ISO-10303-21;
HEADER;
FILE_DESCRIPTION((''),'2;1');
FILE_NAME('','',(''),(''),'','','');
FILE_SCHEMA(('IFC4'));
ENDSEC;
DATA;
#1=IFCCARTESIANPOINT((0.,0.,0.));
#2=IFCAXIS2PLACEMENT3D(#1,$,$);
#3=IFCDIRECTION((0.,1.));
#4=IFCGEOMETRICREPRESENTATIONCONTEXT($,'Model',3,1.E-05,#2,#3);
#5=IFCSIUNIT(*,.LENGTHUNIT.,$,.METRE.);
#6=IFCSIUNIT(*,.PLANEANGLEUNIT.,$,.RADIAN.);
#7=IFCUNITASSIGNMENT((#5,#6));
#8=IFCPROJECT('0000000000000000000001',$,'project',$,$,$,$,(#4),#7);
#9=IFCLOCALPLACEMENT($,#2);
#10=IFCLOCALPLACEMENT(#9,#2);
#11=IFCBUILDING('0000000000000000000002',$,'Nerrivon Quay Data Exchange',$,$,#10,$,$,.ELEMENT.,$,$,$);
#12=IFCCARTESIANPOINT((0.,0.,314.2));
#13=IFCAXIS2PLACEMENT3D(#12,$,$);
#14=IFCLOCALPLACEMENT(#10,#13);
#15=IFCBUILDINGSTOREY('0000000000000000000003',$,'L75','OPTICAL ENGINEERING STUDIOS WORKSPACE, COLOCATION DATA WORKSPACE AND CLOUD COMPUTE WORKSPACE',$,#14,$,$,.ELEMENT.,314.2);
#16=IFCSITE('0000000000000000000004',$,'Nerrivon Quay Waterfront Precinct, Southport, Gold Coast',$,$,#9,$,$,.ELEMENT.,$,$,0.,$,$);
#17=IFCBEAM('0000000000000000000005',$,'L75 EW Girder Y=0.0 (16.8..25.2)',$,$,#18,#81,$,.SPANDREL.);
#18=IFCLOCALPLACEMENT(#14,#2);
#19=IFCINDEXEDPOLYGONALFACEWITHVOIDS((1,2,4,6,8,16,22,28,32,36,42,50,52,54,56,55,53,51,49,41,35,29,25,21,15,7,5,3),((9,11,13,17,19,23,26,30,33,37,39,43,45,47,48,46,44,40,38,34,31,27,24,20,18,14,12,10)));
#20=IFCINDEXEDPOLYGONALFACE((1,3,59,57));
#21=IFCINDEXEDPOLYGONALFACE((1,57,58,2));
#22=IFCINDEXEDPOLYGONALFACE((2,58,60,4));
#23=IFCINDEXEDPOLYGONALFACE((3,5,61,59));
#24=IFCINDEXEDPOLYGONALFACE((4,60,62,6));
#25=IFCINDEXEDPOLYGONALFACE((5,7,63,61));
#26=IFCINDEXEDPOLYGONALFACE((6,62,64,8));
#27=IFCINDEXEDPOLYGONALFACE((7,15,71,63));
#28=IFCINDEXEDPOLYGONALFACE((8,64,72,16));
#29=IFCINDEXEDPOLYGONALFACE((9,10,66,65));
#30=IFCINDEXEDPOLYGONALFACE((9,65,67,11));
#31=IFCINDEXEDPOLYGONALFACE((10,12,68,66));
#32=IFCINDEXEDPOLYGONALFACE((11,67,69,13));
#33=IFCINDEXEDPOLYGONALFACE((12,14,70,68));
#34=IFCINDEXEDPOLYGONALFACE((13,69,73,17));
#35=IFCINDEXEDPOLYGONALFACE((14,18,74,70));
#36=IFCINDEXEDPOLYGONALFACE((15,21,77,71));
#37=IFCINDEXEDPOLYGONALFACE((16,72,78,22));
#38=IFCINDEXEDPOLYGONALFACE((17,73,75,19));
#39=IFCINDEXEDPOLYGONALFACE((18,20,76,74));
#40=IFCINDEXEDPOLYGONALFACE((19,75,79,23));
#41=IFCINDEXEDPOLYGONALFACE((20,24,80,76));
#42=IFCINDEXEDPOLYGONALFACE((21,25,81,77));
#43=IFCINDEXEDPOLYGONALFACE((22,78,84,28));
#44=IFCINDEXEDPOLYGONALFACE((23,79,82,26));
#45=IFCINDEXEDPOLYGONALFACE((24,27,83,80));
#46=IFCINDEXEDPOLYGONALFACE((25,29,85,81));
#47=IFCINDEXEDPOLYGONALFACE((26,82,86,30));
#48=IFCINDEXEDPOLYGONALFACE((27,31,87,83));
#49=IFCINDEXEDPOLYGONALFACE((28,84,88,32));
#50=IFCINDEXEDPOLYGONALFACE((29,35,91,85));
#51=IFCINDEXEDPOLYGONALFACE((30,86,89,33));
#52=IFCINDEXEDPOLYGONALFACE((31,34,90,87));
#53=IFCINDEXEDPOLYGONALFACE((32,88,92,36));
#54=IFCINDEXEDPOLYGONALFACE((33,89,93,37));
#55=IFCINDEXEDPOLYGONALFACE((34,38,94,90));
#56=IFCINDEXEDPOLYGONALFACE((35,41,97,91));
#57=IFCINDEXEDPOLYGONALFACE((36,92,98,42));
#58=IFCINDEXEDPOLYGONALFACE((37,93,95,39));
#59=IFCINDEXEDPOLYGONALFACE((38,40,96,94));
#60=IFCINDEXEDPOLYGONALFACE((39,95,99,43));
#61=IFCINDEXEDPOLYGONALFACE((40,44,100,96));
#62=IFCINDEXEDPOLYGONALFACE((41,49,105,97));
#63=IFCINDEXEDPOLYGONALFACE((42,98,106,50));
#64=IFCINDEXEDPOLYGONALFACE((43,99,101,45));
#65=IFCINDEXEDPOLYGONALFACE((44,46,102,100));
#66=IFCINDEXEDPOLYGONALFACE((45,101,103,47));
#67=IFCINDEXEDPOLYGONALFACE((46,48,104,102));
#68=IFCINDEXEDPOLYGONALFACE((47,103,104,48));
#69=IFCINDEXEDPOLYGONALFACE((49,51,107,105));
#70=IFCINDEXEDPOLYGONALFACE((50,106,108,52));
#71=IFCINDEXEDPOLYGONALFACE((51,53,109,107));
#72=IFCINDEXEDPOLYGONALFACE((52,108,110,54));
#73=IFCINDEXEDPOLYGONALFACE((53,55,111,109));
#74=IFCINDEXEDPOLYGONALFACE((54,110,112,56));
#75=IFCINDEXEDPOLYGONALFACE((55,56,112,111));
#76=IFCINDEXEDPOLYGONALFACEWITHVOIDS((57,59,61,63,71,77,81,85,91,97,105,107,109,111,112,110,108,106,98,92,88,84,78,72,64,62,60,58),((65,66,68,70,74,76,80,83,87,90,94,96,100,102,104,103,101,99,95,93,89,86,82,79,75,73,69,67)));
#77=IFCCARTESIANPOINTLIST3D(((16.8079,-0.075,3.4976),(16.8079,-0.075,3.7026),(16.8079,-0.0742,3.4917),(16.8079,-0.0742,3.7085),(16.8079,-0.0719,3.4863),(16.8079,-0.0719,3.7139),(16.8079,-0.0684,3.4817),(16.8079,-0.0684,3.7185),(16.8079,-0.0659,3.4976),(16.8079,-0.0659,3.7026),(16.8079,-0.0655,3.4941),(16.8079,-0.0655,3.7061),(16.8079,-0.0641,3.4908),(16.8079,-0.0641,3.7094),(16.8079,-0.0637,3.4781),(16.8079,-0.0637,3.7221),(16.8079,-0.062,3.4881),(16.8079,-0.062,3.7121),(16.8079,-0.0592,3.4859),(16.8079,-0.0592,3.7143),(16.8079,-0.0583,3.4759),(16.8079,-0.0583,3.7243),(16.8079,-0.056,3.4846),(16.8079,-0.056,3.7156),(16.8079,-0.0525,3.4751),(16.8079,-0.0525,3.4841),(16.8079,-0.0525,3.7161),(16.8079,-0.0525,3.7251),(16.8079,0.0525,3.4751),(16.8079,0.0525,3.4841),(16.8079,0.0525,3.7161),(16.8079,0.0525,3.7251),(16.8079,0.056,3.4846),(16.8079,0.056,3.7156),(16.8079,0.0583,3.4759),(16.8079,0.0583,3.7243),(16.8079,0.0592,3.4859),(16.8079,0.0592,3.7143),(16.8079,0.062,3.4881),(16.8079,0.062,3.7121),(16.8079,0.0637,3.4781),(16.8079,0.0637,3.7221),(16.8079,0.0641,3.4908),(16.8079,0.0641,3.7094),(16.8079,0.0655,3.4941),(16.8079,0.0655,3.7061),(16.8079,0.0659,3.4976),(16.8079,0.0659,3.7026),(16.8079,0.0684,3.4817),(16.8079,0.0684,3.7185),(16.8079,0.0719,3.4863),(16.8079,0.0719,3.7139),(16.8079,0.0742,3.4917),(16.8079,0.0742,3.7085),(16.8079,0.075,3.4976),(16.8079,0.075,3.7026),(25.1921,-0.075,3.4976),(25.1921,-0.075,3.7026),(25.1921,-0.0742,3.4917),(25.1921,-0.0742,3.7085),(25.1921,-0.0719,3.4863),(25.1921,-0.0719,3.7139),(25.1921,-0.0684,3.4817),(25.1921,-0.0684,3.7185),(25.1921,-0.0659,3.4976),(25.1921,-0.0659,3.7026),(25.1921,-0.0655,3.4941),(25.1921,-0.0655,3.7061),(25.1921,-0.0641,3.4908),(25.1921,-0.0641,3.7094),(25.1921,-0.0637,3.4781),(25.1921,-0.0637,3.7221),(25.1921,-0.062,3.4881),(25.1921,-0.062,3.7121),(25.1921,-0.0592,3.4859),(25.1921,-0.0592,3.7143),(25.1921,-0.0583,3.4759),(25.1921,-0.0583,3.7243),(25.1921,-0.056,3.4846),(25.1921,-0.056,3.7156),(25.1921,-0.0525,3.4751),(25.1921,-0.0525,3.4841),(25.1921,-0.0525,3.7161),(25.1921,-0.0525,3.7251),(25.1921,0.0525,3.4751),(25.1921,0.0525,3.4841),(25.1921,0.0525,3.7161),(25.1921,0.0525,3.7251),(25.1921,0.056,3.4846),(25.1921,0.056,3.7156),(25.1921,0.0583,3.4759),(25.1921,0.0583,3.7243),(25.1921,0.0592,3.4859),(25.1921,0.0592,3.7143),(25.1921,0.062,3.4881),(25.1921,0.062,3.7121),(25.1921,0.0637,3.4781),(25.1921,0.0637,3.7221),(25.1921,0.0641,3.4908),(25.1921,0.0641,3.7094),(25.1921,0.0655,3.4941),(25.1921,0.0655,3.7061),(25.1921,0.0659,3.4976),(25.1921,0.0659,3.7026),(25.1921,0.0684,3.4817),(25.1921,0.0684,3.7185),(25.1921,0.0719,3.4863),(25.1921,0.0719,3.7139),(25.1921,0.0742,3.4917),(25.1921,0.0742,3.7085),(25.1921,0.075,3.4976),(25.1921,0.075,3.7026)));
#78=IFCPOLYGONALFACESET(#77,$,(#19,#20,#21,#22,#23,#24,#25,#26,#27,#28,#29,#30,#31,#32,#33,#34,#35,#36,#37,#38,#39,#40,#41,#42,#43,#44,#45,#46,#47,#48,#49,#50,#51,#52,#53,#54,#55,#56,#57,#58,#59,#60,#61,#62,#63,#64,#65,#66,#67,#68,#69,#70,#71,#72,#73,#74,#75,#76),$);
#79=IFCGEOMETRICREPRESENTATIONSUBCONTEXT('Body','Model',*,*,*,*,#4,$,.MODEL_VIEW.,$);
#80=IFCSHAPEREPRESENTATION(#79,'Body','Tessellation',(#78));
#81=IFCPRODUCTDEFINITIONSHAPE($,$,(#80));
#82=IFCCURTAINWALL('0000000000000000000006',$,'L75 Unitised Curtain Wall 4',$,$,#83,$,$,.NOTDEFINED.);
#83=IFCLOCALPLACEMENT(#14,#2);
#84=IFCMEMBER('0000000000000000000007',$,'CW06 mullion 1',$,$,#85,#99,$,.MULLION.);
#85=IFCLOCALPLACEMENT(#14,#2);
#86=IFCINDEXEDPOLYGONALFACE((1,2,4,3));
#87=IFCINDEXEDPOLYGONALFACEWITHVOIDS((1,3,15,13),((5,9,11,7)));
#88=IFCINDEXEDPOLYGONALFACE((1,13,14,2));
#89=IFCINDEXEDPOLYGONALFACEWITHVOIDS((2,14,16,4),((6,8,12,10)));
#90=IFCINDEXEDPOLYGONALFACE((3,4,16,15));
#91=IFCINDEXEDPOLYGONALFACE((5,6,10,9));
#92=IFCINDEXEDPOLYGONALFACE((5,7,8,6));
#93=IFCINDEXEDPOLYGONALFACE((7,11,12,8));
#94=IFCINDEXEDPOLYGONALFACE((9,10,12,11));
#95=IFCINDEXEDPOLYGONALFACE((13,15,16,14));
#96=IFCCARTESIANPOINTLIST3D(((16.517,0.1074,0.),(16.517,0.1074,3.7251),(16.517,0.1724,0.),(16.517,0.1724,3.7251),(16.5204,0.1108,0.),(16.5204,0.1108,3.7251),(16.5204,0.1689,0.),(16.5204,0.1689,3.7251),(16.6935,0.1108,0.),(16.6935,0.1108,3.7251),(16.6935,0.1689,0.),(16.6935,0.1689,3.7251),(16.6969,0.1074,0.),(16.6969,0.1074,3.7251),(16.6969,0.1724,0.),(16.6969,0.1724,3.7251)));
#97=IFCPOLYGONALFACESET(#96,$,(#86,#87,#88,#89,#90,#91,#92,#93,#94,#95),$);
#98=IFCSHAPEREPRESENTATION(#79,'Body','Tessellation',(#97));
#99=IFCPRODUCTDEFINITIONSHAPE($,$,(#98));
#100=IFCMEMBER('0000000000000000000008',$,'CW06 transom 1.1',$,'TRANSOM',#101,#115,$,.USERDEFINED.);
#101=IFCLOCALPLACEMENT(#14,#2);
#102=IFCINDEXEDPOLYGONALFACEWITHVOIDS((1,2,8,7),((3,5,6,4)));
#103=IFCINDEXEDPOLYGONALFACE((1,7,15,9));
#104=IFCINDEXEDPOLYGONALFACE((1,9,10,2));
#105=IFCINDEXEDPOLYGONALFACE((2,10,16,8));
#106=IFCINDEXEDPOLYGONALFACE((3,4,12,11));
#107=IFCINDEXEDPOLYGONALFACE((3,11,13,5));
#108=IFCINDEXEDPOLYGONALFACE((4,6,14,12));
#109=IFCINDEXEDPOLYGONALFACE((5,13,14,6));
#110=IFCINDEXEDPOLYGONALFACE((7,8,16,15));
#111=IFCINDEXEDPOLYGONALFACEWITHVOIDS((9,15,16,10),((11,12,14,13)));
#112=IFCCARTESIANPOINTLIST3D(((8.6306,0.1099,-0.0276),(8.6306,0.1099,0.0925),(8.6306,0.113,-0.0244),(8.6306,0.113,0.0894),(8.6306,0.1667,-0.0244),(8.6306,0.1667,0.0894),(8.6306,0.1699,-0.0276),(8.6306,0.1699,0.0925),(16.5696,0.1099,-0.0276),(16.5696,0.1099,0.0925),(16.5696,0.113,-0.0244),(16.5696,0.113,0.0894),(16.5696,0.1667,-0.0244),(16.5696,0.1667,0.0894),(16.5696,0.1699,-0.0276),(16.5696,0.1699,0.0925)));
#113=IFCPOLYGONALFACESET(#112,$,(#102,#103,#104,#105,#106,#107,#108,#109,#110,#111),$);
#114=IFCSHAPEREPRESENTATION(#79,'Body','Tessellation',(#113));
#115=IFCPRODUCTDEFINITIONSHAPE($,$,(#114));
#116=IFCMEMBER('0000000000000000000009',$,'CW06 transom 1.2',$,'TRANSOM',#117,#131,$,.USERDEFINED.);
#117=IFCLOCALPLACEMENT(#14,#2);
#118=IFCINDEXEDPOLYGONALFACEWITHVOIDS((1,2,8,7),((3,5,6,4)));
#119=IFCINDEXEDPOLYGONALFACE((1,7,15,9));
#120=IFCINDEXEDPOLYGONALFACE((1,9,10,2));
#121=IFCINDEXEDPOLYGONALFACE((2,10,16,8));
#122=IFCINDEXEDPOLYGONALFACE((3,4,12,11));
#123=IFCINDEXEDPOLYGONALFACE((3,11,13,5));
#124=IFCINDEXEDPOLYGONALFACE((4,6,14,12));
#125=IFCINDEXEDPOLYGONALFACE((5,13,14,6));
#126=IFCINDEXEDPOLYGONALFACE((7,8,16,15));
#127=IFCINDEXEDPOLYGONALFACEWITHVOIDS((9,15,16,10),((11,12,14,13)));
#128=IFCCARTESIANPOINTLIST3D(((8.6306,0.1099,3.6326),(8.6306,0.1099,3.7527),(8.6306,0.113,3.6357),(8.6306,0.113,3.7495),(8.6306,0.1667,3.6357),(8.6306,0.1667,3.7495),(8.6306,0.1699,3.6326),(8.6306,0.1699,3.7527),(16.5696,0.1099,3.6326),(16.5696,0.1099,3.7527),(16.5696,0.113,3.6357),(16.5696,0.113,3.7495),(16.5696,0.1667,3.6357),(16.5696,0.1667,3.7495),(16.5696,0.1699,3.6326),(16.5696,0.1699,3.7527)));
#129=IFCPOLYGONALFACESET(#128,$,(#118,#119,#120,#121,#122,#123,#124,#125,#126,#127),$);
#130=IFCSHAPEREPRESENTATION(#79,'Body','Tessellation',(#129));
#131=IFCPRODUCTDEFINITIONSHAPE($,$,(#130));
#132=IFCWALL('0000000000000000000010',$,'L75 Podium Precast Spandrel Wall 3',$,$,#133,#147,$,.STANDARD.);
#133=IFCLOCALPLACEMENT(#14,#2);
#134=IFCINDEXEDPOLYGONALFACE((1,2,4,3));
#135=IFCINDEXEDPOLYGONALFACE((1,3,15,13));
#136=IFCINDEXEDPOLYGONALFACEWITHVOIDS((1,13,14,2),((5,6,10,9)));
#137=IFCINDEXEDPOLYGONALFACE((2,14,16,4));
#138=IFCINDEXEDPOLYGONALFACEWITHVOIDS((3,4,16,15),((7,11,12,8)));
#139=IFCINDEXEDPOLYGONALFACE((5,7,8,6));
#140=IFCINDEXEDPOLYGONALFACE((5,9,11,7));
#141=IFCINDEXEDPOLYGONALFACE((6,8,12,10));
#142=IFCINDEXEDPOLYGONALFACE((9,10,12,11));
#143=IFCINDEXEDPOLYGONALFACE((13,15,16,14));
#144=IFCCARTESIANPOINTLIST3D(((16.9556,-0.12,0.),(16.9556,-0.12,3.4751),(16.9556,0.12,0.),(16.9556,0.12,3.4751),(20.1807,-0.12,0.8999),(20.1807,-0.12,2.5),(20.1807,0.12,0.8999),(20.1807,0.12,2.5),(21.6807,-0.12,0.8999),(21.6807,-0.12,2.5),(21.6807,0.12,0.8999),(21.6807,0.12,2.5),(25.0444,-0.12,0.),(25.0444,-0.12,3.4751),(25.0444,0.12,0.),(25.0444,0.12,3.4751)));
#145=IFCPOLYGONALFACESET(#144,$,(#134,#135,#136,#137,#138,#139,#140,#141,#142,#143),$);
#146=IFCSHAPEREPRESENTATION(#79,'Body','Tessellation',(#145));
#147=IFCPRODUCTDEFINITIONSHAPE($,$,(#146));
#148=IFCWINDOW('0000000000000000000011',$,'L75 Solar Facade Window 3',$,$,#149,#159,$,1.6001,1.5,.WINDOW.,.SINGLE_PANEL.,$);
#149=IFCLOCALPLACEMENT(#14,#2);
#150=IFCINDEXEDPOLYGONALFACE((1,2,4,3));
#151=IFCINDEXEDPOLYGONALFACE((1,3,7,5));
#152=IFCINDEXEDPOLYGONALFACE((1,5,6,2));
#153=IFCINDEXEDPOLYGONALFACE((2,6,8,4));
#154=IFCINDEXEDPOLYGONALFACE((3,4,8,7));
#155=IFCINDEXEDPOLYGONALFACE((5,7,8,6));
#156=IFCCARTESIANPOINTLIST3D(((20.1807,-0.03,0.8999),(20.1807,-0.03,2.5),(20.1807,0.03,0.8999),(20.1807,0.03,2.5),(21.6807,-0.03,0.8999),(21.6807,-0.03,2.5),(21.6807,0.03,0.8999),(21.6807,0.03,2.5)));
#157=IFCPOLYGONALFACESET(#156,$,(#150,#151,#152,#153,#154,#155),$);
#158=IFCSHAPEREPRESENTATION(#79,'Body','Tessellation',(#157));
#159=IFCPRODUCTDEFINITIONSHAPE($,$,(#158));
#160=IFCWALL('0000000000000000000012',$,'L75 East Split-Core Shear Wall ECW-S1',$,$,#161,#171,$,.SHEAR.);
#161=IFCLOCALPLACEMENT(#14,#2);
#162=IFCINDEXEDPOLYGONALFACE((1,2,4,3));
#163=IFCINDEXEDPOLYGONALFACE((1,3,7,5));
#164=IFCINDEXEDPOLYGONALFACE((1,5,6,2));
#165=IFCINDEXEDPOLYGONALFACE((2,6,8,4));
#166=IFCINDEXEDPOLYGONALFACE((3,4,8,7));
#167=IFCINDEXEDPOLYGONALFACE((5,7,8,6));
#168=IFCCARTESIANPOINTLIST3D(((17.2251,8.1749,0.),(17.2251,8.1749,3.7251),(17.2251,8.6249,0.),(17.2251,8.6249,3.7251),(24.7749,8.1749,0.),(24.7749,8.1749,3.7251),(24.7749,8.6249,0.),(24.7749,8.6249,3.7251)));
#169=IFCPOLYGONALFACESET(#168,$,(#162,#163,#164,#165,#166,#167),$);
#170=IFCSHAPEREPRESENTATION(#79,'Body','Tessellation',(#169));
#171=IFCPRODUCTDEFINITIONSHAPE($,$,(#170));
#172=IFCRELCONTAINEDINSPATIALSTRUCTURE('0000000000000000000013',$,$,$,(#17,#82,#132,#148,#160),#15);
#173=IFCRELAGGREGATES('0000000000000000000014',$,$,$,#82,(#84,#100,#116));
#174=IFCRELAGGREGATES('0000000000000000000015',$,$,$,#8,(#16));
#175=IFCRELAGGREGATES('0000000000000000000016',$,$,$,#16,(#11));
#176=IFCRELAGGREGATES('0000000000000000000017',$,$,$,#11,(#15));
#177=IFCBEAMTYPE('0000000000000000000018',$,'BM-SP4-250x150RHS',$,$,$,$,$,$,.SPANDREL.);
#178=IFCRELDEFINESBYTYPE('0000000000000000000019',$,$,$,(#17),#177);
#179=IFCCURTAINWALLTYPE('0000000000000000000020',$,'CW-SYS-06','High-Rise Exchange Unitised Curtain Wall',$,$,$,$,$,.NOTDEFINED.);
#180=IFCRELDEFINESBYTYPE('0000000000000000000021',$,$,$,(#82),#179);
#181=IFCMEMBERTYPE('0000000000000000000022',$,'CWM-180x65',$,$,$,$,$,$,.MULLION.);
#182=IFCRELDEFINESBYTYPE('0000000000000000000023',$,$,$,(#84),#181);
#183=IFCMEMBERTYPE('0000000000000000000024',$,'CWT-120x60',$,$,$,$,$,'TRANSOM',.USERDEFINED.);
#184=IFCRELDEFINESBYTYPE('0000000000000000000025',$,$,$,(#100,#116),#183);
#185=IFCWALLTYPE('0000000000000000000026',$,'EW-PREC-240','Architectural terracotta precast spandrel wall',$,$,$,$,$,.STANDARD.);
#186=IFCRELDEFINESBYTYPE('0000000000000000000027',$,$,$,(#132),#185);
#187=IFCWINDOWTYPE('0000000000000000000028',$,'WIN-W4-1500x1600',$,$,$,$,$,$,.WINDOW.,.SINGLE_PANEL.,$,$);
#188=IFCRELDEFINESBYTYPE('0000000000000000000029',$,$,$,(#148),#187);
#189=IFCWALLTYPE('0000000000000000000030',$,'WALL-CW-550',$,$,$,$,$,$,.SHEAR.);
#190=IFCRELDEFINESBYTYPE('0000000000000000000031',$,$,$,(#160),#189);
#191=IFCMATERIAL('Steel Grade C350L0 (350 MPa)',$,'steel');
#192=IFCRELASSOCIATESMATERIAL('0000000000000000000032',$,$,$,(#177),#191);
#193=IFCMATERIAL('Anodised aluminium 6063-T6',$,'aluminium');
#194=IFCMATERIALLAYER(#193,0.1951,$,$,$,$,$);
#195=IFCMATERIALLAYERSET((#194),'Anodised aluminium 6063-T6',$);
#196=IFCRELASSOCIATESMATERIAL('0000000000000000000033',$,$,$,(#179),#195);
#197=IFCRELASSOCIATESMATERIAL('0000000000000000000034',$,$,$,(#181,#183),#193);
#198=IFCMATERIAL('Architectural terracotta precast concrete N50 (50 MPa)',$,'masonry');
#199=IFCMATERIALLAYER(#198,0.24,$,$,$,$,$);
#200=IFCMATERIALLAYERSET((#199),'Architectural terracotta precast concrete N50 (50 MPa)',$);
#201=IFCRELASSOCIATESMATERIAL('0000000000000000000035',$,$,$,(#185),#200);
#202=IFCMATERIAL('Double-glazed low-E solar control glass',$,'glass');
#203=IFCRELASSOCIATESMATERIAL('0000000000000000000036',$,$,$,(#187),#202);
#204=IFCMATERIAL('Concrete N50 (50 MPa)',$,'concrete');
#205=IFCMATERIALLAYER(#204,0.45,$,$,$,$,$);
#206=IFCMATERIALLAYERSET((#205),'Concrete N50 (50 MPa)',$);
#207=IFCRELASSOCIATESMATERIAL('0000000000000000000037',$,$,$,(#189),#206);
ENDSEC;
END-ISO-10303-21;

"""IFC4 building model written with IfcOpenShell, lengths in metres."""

from ifc_helpers import new_model, si_unit, direction, frame, frame_2d, origin, origin_2d, place, context, subcontext, project, spatial, rectangle, hollow_rectangle, extrude, material, layer, layer_set, material_profile, profile_set, type_object, element, fill, aggregate, save


model = new_model("IFC4")

# Units and contexts
model_context = context("Model", 3, precision=1e-05, world=origin(), true_north=direction((0.0, 1.0)))
body_context = subcontext(model_context, "Body", "Model", "MODEL_VIEW")
ifc_project = project(units=[si_unit("LENGTHUNIT", "METRE"), si_unit("PLANEANGLEUNIT", "RADIAN")], contexts=[model_context])

# Site, building, storey
site_placement = place(None, origin())
site = spatial("IfcSite", under=ifc_project, at=site_placement, Name="Nerrivon Quay Waterfront Precinct, Southport, Gold Coast", CompositionType="ELEMENT", RefElevation=0.0)
building_placement = place(site_placement, origin())
building = spatial("IfcBuilding", under=site, at=building_placement, Name="Nerrivon Quay Data Exchange", CompositionType="ELEMENT")
storey_placement = place(building_placement, frame((0.0, 0.0, 314.2)))
storey = spatial("IfcBuildingStorey", under=building, at=storey_placement, Name="L75", Description="OPTICAL ENGINEERING STUDIOS WORKSPACE, COLOCATION DATA WORKSPACE AND CLOUD COMPUTE WORKSPACE", CompositionType="ELEMENT", Elevation=314.2)

# Shared definitions
ifc_material_1 = material(Name="Concrete N50 (50 MPa)", Category="concrete")

# Beam
ifc_material_2 = material(Name="Steel Grade C350L0 (350 MPa)", Category="steel")
ifc_material_profile_1 = material_profile(ifc_material_2, hollow_rectangle(XDim=0.1499, YDim=0.25, WallThickness=0.009, InnerFilletRadius=0.0134, OuterFilletRadius=0.0225, at=origin_2d()), Name="250x150x9.0RHS")
ifc_profile_set_1 = profile_set([ifc_material_profile_1], Name="Steel Grade C350L0 (350 MPa)")
beam_type_1 = type_object("IfcBeamType", Name="BM-SP4-250x150RHS", PredefinedType="SPANDREL", material=ifc_profile_set_1)
beam_1_placement = place(storey_placement, frame((16.8079, 0.0, 3.6001), z_axis=(1.0, 0.0, 0.0), x_axis=(0.0, 1.0, 0.0)))
element("IfcBeam", 1, at=beam_1_placement, inside=storey, type_object=beam_type_1, Name="L75 EW Girder Y=0.0 (16.8..25.2)", PredefinedType="SPANDREL", context=body_context, shape_type="SweptSolid", body=[
    extrude(hollow_rectangle(XDim=0.1499, YDim=0.25, WallThickness=0.009, InnerFilletRadius=0.0134, OuterFilletRadius=0.0225, at=origin_2d()), origin(), (0.0, 0.0, 1.0), 8.3843),
])

# Curtain wall, members
ifc_material_3 = material(Name="Anodised aluminium 6063-T6", Category="aluminium")
ifc_layer_1 = layer(ifc_material_3, 0.1951)
ifc_layer_set_1 = layer_set([ifc_layer_1], Name="Anodised aluminium 6063-T6")
curtain_wall_type = type_object("IfcCurtainWallType", Name="CW-SYS-06", Description="High-Rise Exchange Unitised Curtain Wall", PredefinedType="NOTDEFINED", material=ifc_layer_set_1)
curtain_wall_placement = place(storey_placement, origin())
curtain_wall = element("IfcCurtainWall", 2, at=curtain_wall_placement, inside=storey, type_object=curtain_wall_type, Name="L75 Unitised Curtain Wall 4", PredefinedType="NOTDEFINED")
ifc_material_profile_2 = material_profile(ifc_material_3, hollow_rectangle(XDim=0.0649, YDim=0.1799, WallThickness=0.0034, at=origin_2d()), Name="ALU-MULL-180x65")
ifc_profile_set_2 = profile_set([ifc_material_profile_2], Name="Anodised aluminium 6063-T6")
member_type_1 = type_object("IfcMemberType", Name="CWM-180x65", PredefinedType="MULLION", material=ifc_profile_set_2)
member_1_placement = place(storey_placement, frame((16.6069, 0.1399, 0.0), z_axis=(0.0, 0.0, 1.0), x_axis=(0.0, -1.0, 0.0)))
member_1 = element("IfcMember", 3, at=member_1_placement, type_object=member_type_1, Name="CW06 mullion 1", PredefinedType="MULLION", context=body_context, shape_type="SweptSolid", body=[
    extrude(hollow_rectangle(XDim=0.0649, YDim=0.1799, WallThickness=0.0034, at=origin_2d()), origin(), (0.0, 0.0, 1.0), 3.7251),
])
ifc_material_profile_3 = material_profile(ifc_material_3, hollow_rectangle(XDim=0.0601, YDim=0.1201, WallThickness=0.0032, at=origin_2d()), Name="ALU-TRAN-120x60")
ifc_profile_set_3 = profile_set([ifc_material_profile_3], Name="Anodised aluminium 6063-T6")
member_type_2 = type_object("IfcMemberType", Name="CWT-120x60", ElementType="TRANSOM", PredefinedType="USERDEFINED", material=ifc_profile_set_3)
member_2_placement = place(storey_placement, frame((16.5696, 0.1399, 0.0325), z_axis=(-1.0, 0.0, 0.0), x_axis=(0.0, -1.0, 0.0)))
member_2 = element("IfcMember", 4, at=member_2_placement, type_object=member_type_2, Name="CW06 transom 1.1", ObjectType="TRANSOM", PredefinedType="USERDEFINED", context=body_context, shape_type="SweptSolid", body=[
    extrude(hollow_rectangle(XDim=0.0601, YDim=0.1201, WallThickness=0.0032, at=origin_2d()), origin(), (0.0, 0.0, 1.0), 7.939),
])
member_3_placement = place(storey_placement, frame((16.5696, 0.1399, 3.6926), z_axis=(-1.0, 0.0, 0.0), x_axis=(0.0, -1.0, 0.0)))
member_3 = element("IfcMember", 5, at=member_3_placement, type_object=member_type_2, Name="CW06 transom 1.2", ObjectType="TRANSOM", PredefinedType="USERDEFINED", context=body_context, shape_type="SweptSolid", body=[
    extrude(hollow_rectangle(XDim=0.0601, YDim=0.1201, WallThickness=0.0032, at=origin_2d()), origin(), (0.0, 0.0, 1.0), 7.939),
])
aggregate(curtain_wall, [member_1, member_2, member_3])

# Wall, opening, window
ifc_material_4 = material(Name="Architectural terracotta precast concrete N50 (50 MPa)", Category="masonry")
ifc_layer_2 = layer(ifc_material_4, 0.24)
ifc_layer_set_2 = layer_set([ifc_layer_2], Name="Architectural terracotta precast concrete N50 (50 MPa)")
wall_type_1 = type_object("IfcWallType", Name="EW-PREC-240", Description="Architectural terracotta precast spandrel wall", PredefinedType="STANDARD", material=ifc_layer_set_2)
wall_1_placement = place(storey_placement, frame((25.0444, 0.0, 0.0), z_axis=(0.0, 0.0, 1.0), x_axis=(-1.0, 0.0, 0.0)))
wall_1 = element("IfcWall", 6, at=wall_1_placement, inside=storey, type_object=wall_type_1, Name="L75 Podium Precast Spandrel Wall 3", PredefinedType="STANDARD", context=body_context, shape_type="SweptSolid", body=[
    extrude(rectangle(XDim=8.0889, YDim=0.24, at=frame_2d((4.0444, 0.0))), origin(), (0.0, 0.0, 1.0), 3.4751),
])
opening_1_placement = place(wall_1_placement, frame((3.3638, 0.0, 0.8999)))
opening_1 = element("IfcOpeningElement", 7, at=opening_1_placement, cuts=wall_1, PredefinedType="OPENING", context=body_context, shape_type="SweptSolid", body=[
    extrude(rectangle(XDim=1.5, YDim=1.6001, at=frame_2d((0.75, 0.8))), frame((0.0, 0.1299, 0.0), z_axis=(0.0, -1.0, 0.0), x_axis=(1.0, 0.0, 0.0)), (0.0, 0.0, 1.0), 0.26),
])
ifc_material_5 = material(Name="Double-glazed low-E solar control glass", Category="glass")
window_type = type_object("IfcWindowType", Name="WIN-W4-1500x1600", PartitioningType="SINGLE_PANEL", PredefinedType="WINDOW", material=ifc_material_5)
window_placement = place(opening_1_placement, origin())
window = element("IfcWindow", 8, at=window_placement, inside=storey, type_object=window_type, Name="L75 Solar Facade Window 3", OverallHeight=1.6001, OverallWidth=1.5, PartitioningType="SINGLE_PANEL", PredefinedType="WINDOW", context=body_context, shape_type="SweptSolid", body=[
    extrude(rectangle(XDim=1.5, YDim=1.6001, at=frame_2d((0.75, 0.8))), frame((0.0, 0.03, 0.0), z_axis=(0.0, -1.0, 0.0), x_axis=(1.0, 0.0, 0.0)), (0.0, 0.0, 1.0), 0.0601),
])
fill(opening_1, window)

# Wall
ifc_layer_3 = layer(ifc_material_1, 0.45)
ifc_layer_set_3 = layer_set([ifc_layer_3], Name="Concrete N50 (50 MPa)")
wall_type_2 = type_object("IfcWallType", Name="WALL-CW-550", PredefinedType="SHEAR", material=ifc_layer_set_3)
wall_2_placement = place(storey_placement, frame((17.2251, 8.3999, 0.0), z_axis=(0.0, 0.0, 1.0), x_axis=(1.0, 0.0, 0.0)))
element("IfcWall", 9, at=wall_2_placement, inside=storey, type_object=wall_type_2, Name="L75 East Split-Core Shear Wall ECW-S1", PredefinedType="SHEAR", context=body_context, shape_type="SweptSolid", body=[
    extrude(rectangle(XDim=7.5498, YDim=0.45, at=frame_2d((3.7749, 0.0))), origin(), (0.0, 0.0, 1.0), 3.7251),
])

save(model, "model.ifc")
